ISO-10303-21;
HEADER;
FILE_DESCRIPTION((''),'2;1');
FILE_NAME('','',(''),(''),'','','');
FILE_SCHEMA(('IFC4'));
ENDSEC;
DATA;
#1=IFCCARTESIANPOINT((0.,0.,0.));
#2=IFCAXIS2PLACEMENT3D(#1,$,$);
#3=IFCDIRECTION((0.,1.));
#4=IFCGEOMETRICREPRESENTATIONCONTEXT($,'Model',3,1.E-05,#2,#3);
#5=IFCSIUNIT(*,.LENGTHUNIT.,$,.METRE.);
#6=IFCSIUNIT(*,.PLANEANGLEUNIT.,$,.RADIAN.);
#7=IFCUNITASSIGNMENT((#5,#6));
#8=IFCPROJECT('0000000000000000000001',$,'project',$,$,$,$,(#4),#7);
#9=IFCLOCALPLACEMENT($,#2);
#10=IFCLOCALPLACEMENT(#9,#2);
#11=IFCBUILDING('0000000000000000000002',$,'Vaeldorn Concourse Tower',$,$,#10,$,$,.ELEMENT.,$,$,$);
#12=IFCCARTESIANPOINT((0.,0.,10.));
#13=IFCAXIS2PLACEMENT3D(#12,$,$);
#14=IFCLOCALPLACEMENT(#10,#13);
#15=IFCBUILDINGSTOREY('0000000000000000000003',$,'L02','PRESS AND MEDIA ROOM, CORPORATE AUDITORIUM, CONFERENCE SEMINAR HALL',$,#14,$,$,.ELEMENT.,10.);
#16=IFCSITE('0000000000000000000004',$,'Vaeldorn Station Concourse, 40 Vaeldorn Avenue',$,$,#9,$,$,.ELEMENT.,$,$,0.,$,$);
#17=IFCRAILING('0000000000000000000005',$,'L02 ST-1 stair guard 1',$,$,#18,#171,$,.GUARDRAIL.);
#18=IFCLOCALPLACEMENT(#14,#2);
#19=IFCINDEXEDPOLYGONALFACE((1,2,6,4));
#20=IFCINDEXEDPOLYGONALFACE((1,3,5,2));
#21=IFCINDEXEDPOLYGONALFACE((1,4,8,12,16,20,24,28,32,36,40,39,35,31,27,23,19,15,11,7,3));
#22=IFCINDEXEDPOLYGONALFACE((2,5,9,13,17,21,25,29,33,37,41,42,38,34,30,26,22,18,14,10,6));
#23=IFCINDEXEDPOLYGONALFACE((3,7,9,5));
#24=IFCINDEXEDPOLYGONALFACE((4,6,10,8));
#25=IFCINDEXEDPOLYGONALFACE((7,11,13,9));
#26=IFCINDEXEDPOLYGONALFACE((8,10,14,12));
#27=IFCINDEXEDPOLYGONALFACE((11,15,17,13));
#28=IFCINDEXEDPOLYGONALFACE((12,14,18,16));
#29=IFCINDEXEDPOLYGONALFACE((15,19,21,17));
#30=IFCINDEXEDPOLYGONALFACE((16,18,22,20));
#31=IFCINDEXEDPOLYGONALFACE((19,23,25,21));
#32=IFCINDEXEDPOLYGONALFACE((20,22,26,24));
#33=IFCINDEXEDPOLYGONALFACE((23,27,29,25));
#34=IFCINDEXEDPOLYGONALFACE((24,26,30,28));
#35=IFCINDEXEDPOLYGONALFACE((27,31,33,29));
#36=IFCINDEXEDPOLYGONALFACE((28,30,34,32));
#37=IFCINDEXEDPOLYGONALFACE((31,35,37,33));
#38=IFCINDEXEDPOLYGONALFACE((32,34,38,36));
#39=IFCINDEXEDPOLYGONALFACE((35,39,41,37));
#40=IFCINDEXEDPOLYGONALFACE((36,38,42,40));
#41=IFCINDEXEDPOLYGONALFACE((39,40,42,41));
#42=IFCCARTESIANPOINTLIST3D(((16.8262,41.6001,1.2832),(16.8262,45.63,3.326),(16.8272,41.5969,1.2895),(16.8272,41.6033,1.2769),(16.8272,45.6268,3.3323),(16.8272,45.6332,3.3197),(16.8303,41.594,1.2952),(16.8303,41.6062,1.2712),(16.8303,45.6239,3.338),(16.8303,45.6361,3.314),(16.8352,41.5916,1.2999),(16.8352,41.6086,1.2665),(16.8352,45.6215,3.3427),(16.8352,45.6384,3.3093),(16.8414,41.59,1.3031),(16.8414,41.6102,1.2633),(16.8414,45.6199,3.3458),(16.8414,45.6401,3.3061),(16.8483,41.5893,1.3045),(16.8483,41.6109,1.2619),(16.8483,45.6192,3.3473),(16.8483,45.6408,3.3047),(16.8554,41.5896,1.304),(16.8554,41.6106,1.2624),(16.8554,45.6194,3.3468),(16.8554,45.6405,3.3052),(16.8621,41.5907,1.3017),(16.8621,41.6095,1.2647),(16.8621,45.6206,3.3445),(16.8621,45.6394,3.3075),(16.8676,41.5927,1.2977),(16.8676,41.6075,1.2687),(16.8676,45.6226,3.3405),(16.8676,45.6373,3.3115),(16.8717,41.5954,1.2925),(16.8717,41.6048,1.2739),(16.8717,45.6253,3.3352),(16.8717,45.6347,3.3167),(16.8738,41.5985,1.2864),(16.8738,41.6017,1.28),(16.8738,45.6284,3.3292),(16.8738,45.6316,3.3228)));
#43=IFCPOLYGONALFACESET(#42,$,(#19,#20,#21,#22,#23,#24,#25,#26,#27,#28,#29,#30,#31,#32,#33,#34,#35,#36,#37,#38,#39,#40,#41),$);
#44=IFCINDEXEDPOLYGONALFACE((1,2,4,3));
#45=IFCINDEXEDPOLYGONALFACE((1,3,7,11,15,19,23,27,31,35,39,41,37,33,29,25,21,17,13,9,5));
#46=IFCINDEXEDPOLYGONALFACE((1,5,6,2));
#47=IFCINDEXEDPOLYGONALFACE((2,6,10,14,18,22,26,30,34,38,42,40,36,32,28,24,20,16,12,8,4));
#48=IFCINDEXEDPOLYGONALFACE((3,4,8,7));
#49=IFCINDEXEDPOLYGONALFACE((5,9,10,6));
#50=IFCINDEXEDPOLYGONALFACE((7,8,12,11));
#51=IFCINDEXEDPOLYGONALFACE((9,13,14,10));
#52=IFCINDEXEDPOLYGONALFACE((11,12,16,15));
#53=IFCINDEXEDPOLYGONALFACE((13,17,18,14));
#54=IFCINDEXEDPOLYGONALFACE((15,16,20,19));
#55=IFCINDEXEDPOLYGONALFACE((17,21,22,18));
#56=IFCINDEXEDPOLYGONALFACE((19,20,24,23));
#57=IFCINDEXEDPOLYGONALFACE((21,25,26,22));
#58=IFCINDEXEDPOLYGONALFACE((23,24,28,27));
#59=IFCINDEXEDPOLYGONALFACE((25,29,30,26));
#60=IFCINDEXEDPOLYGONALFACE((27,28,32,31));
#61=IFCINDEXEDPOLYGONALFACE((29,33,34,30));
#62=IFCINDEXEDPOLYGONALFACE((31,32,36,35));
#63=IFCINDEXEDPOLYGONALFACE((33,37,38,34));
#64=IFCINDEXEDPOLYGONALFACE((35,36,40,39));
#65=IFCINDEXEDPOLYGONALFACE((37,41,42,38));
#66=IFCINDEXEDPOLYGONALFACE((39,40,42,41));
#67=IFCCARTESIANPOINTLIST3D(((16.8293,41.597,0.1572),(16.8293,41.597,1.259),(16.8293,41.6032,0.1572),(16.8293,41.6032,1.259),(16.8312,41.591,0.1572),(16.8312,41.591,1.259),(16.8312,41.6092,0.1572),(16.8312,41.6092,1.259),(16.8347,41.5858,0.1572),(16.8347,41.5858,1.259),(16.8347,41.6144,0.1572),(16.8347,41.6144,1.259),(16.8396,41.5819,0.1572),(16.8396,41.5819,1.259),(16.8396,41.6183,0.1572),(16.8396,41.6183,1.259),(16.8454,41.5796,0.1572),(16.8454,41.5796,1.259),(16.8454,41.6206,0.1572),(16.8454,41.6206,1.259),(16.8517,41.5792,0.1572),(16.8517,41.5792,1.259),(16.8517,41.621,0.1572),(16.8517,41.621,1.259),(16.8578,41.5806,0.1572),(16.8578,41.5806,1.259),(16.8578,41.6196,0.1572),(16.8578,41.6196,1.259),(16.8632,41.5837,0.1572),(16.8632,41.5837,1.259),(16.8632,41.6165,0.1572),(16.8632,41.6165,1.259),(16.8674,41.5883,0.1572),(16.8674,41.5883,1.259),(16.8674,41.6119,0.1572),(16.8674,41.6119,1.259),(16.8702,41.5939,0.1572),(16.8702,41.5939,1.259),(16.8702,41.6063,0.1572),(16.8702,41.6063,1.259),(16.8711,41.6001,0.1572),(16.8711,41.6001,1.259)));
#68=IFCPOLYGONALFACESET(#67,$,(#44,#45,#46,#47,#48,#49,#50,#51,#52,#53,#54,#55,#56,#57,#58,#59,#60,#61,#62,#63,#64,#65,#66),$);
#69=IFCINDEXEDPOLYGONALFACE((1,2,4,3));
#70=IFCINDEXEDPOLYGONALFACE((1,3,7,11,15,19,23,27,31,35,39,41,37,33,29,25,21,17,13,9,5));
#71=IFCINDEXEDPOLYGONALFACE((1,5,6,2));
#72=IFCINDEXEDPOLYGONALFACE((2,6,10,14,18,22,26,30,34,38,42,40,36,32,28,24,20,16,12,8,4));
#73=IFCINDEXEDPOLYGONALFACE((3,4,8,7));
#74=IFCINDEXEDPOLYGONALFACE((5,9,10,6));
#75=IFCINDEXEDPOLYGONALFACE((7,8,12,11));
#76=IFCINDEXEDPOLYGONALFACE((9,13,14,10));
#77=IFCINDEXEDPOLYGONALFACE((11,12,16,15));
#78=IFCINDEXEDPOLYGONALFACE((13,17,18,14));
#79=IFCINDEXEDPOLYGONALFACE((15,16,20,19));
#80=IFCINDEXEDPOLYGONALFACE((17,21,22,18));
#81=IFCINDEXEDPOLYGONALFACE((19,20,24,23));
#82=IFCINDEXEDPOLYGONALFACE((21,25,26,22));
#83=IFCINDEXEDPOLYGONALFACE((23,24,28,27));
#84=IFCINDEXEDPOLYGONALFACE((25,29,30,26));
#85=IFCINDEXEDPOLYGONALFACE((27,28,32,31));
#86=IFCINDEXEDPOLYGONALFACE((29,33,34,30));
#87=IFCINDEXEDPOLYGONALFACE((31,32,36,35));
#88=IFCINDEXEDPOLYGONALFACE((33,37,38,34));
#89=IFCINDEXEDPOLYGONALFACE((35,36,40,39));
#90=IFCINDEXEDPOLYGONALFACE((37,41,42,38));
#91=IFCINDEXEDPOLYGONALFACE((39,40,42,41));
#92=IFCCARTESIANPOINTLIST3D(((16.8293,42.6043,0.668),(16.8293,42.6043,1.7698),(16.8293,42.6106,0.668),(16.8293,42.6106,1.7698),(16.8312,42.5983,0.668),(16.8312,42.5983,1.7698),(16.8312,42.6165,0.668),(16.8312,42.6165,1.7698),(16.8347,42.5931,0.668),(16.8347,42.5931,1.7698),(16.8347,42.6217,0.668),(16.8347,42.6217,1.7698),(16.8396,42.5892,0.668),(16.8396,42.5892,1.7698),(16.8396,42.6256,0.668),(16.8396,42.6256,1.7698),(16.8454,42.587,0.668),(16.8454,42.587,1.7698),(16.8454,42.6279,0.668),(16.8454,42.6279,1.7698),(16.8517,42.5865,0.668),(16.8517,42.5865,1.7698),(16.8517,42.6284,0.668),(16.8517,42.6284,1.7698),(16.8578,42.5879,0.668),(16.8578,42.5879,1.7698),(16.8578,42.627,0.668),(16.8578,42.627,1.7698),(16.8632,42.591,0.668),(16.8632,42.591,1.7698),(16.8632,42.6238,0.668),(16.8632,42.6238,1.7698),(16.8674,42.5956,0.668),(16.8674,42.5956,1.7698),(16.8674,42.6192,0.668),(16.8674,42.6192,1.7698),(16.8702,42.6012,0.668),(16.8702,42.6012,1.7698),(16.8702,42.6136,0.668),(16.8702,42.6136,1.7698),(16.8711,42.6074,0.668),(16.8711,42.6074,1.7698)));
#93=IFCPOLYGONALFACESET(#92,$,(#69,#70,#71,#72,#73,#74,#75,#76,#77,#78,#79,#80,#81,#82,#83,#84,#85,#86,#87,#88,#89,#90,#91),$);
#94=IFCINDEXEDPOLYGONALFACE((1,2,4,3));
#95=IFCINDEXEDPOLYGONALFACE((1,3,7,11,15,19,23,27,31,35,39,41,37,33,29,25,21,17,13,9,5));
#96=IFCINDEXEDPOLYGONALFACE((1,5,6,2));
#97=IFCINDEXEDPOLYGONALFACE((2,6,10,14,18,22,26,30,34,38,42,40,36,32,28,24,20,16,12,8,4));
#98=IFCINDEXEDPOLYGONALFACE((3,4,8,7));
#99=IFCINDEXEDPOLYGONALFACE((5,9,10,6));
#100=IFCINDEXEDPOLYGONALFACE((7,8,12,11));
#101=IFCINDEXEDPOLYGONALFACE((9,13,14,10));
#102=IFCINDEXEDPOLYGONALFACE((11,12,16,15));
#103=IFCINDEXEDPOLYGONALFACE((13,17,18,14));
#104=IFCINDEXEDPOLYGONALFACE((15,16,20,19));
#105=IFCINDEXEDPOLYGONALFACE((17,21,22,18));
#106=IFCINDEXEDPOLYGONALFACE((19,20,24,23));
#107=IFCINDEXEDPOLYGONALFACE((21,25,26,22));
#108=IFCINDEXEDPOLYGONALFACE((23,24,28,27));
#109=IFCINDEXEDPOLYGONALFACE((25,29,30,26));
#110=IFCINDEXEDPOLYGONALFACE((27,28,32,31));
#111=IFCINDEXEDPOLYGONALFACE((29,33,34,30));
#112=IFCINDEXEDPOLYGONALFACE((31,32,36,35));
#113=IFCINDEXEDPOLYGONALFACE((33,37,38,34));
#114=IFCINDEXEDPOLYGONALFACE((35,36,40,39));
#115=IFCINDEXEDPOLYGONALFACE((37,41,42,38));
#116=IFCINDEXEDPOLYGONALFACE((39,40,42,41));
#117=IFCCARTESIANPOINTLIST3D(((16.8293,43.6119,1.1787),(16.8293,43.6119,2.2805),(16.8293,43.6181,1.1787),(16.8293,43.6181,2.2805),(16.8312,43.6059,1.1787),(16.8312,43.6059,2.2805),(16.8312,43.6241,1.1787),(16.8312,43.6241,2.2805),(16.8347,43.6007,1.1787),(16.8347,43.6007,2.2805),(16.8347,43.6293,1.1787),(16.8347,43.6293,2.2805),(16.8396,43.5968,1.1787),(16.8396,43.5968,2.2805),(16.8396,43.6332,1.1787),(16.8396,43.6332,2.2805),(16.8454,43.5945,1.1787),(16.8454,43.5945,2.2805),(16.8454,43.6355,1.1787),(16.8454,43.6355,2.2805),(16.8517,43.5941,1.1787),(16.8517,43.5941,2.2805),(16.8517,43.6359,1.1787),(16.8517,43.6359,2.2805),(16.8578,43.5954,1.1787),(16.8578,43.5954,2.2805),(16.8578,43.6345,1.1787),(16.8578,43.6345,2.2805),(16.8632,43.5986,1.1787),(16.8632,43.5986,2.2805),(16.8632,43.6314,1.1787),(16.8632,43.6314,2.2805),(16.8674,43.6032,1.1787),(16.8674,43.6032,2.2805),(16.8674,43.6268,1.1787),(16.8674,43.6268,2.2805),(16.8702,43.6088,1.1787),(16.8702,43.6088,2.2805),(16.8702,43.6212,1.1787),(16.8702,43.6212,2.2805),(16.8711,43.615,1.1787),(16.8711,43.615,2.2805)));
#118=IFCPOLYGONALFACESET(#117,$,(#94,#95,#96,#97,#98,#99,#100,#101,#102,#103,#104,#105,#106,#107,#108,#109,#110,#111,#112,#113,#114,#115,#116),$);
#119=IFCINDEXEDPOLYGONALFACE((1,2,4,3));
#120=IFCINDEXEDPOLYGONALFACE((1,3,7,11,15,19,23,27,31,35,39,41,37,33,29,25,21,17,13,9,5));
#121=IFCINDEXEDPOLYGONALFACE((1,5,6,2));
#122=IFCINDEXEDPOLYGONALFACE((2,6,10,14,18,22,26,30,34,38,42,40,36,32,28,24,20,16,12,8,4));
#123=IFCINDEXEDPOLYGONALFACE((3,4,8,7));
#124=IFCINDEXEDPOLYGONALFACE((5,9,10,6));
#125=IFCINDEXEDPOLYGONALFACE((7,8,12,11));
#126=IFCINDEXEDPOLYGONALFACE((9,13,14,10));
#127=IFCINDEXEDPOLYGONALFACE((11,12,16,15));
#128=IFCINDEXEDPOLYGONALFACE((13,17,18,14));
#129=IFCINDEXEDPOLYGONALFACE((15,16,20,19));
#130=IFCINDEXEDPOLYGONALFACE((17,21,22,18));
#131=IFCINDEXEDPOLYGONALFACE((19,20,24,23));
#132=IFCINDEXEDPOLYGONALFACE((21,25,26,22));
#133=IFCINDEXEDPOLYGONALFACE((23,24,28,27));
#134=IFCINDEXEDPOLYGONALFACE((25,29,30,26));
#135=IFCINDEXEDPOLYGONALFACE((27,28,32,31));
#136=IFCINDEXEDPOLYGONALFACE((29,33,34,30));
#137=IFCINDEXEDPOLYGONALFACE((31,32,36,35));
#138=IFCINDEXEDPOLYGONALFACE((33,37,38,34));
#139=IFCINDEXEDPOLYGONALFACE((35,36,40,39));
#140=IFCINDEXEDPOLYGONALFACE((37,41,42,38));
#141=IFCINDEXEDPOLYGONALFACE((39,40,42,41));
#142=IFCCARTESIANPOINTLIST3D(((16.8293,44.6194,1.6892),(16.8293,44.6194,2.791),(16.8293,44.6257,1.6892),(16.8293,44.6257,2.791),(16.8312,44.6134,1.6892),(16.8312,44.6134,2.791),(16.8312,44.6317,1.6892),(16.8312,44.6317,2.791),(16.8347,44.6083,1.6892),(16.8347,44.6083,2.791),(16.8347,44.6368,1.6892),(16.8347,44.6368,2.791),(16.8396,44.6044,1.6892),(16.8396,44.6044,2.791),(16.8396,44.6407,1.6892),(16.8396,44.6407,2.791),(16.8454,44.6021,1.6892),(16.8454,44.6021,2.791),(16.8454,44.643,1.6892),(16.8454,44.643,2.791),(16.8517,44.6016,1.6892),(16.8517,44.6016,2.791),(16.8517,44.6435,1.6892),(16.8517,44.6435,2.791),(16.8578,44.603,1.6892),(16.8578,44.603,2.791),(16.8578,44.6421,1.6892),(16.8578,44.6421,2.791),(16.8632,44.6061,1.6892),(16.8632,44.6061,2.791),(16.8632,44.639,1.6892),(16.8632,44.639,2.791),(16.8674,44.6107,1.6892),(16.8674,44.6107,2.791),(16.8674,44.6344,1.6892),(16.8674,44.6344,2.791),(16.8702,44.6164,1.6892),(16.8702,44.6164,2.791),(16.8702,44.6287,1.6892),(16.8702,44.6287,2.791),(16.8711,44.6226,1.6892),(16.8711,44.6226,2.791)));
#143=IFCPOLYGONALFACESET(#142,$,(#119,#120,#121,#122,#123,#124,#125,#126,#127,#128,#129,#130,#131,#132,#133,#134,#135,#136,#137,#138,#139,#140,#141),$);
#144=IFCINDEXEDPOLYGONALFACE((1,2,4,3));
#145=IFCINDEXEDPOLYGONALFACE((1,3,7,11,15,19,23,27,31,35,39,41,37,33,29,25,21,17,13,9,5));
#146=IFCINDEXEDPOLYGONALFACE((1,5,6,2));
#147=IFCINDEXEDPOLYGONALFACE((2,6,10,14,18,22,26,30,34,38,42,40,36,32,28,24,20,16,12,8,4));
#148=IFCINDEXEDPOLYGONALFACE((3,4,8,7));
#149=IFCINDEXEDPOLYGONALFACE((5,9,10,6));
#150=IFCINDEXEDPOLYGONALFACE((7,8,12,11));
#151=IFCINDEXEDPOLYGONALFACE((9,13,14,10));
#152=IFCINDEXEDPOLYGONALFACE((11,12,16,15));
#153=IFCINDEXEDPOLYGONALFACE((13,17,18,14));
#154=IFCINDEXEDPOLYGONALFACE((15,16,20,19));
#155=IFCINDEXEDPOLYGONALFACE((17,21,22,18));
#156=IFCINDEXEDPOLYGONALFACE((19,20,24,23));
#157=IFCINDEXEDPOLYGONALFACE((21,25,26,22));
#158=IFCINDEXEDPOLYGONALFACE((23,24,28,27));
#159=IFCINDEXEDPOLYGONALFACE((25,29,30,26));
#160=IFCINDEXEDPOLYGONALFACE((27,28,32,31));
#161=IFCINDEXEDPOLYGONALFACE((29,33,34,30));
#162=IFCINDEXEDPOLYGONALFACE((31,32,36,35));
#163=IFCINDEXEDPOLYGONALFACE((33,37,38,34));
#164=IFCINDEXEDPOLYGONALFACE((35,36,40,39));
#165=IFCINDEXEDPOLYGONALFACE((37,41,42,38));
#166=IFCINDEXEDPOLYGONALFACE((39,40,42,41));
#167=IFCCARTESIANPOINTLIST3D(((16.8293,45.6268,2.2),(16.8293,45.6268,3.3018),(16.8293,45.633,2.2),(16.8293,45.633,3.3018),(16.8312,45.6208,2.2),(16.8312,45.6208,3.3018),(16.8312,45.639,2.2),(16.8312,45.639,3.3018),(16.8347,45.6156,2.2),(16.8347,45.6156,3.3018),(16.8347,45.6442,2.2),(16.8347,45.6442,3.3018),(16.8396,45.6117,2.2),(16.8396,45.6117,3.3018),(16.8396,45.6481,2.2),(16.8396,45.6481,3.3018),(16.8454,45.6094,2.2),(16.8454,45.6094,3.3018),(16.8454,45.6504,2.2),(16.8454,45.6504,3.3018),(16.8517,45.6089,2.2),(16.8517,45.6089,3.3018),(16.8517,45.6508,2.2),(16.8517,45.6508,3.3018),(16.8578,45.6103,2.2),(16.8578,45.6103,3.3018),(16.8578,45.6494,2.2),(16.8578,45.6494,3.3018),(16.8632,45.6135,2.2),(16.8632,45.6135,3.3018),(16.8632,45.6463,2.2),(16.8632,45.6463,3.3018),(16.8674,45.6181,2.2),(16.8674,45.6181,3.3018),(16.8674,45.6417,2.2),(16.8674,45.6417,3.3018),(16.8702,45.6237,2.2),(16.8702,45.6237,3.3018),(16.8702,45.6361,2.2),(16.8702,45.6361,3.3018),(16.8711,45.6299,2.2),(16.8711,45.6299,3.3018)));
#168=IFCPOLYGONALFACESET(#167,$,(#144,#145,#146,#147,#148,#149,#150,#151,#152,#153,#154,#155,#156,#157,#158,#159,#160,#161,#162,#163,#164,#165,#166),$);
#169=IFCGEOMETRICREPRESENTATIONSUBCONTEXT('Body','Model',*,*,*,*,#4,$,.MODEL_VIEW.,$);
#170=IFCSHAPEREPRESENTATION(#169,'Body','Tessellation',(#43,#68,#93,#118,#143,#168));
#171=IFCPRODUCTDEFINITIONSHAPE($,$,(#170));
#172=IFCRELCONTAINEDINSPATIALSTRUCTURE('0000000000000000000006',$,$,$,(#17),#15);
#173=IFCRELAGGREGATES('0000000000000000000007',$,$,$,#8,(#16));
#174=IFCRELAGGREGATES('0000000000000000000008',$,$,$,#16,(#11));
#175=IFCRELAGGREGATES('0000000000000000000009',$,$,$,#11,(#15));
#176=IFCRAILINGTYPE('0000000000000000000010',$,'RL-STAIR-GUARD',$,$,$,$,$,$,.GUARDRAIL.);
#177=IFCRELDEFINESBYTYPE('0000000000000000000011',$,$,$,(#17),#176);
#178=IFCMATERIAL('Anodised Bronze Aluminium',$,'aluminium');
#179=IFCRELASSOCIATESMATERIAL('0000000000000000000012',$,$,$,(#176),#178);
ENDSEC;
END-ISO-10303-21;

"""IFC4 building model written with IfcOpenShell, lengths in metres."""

from ifc_helpers import new_model, si_unit, direction, frame, origin, origin_2d, place, context, subcontext, project, spatial, circle, extrude, material, type_object, element, save


model = new_model("IFC4")

# Units and contexts
model_context = context("Model", 3, precision=1e-05, world=origin(), true_north=direction((0.0, 1.0)))
body_context = subcontext(model_context, "Body", "Model", "MODEL_VIEW")
ifc_project = project(units=[si_unit("LENGTHUNIT", "METRE"), si_unit("PLANEANGLEUNIT", "RADIAN")], contexts=[model_context])

# Site, building, storey
site_placement = place(None, origin())
site = spatial("IfcSite", under=ifc_project, at=site_placement, Name="Vaeldorn Station Concourse, 40 Vaeldorn Avenue", CompositionType="ELEMENT", RefElevation=0.0)
building_placement = place(site_placement, origin())
building = spatial("IfcBuilding", under=site, at=building_placement, Name="Vaeldorn Concourse Tower", CompositionType="ELEMENT")
storey_placement = place(building_placement, frame((0.0, 0.0, 10.0)))
storey = spatial("IfcBuildingStorey", under=building, at=storey_placement, Name="L02", Description="PRESS AND MEDIA ROOM, CORPORATE AUDITORIUM, CONFERENCE SEMINAR HALL", CompositionType="ELEMENT", Elevation=10.0)

# Shared definitions
ifc_material_1 = material(Name="Anodised Bronze Aluminium", Category="aluminium")

# Railing
railing_type_1 = type_object("IfcRailingType", Name="RL-STAIR-GUARD", PredefinedType="GUARDRAIL", material=ifc_material_1)
railing_1_placement = place(storey_placement, frame((16.8501, 41.6001, 0.1572)))
element("IfcRailing", 1, at=railing_1_placement, inside=storey, type_object=railing_type_1, Name="L02 ST-1 stair guard 1", PredefinedType="GUARDRAIL", context=body_context, shape_type="SweptSolid", body=[
    extrude(circle(Radius=0.0239, at=origin_2d()), frame((0.0, 0.0, 1.126), z_axis=(0.0, 0.891949, 0.452135), x_axis=(-1.0, 0.0, 0.0)), (0.0, 0.0, 1.0), 4.5181),
    extrude(circle(Radius=0.021, at=origin_2d()), origin(), (0.0, 0.0, 1.0), 1.1018),
    extrude(circle(Radius=0.021, at=origin_2d()), frame((0.0, 1.0073, 0.5107)), (0.0, 0.0, 1.0), 1.1018),
    extrude(circle(Radius=0.021, at=origin_2d()), frame((0.0, 2.0149, 1.0215)), (0.0, 0.0, 1.0), 1.1018),
    extrude(circle(Radius=0.021, at=origin_2d()), frame((0.0, 3.0225, 1.532)), (0.0, 0.0, 1.0), 1.1018),
    extrude(circle(Radius=0.021, at=origin_2d()), frame((0.0, 4.0298, 2.0427)), (0.0, 0.0, 1.0), 1.1018),
])

save(model, "model.ifc")
